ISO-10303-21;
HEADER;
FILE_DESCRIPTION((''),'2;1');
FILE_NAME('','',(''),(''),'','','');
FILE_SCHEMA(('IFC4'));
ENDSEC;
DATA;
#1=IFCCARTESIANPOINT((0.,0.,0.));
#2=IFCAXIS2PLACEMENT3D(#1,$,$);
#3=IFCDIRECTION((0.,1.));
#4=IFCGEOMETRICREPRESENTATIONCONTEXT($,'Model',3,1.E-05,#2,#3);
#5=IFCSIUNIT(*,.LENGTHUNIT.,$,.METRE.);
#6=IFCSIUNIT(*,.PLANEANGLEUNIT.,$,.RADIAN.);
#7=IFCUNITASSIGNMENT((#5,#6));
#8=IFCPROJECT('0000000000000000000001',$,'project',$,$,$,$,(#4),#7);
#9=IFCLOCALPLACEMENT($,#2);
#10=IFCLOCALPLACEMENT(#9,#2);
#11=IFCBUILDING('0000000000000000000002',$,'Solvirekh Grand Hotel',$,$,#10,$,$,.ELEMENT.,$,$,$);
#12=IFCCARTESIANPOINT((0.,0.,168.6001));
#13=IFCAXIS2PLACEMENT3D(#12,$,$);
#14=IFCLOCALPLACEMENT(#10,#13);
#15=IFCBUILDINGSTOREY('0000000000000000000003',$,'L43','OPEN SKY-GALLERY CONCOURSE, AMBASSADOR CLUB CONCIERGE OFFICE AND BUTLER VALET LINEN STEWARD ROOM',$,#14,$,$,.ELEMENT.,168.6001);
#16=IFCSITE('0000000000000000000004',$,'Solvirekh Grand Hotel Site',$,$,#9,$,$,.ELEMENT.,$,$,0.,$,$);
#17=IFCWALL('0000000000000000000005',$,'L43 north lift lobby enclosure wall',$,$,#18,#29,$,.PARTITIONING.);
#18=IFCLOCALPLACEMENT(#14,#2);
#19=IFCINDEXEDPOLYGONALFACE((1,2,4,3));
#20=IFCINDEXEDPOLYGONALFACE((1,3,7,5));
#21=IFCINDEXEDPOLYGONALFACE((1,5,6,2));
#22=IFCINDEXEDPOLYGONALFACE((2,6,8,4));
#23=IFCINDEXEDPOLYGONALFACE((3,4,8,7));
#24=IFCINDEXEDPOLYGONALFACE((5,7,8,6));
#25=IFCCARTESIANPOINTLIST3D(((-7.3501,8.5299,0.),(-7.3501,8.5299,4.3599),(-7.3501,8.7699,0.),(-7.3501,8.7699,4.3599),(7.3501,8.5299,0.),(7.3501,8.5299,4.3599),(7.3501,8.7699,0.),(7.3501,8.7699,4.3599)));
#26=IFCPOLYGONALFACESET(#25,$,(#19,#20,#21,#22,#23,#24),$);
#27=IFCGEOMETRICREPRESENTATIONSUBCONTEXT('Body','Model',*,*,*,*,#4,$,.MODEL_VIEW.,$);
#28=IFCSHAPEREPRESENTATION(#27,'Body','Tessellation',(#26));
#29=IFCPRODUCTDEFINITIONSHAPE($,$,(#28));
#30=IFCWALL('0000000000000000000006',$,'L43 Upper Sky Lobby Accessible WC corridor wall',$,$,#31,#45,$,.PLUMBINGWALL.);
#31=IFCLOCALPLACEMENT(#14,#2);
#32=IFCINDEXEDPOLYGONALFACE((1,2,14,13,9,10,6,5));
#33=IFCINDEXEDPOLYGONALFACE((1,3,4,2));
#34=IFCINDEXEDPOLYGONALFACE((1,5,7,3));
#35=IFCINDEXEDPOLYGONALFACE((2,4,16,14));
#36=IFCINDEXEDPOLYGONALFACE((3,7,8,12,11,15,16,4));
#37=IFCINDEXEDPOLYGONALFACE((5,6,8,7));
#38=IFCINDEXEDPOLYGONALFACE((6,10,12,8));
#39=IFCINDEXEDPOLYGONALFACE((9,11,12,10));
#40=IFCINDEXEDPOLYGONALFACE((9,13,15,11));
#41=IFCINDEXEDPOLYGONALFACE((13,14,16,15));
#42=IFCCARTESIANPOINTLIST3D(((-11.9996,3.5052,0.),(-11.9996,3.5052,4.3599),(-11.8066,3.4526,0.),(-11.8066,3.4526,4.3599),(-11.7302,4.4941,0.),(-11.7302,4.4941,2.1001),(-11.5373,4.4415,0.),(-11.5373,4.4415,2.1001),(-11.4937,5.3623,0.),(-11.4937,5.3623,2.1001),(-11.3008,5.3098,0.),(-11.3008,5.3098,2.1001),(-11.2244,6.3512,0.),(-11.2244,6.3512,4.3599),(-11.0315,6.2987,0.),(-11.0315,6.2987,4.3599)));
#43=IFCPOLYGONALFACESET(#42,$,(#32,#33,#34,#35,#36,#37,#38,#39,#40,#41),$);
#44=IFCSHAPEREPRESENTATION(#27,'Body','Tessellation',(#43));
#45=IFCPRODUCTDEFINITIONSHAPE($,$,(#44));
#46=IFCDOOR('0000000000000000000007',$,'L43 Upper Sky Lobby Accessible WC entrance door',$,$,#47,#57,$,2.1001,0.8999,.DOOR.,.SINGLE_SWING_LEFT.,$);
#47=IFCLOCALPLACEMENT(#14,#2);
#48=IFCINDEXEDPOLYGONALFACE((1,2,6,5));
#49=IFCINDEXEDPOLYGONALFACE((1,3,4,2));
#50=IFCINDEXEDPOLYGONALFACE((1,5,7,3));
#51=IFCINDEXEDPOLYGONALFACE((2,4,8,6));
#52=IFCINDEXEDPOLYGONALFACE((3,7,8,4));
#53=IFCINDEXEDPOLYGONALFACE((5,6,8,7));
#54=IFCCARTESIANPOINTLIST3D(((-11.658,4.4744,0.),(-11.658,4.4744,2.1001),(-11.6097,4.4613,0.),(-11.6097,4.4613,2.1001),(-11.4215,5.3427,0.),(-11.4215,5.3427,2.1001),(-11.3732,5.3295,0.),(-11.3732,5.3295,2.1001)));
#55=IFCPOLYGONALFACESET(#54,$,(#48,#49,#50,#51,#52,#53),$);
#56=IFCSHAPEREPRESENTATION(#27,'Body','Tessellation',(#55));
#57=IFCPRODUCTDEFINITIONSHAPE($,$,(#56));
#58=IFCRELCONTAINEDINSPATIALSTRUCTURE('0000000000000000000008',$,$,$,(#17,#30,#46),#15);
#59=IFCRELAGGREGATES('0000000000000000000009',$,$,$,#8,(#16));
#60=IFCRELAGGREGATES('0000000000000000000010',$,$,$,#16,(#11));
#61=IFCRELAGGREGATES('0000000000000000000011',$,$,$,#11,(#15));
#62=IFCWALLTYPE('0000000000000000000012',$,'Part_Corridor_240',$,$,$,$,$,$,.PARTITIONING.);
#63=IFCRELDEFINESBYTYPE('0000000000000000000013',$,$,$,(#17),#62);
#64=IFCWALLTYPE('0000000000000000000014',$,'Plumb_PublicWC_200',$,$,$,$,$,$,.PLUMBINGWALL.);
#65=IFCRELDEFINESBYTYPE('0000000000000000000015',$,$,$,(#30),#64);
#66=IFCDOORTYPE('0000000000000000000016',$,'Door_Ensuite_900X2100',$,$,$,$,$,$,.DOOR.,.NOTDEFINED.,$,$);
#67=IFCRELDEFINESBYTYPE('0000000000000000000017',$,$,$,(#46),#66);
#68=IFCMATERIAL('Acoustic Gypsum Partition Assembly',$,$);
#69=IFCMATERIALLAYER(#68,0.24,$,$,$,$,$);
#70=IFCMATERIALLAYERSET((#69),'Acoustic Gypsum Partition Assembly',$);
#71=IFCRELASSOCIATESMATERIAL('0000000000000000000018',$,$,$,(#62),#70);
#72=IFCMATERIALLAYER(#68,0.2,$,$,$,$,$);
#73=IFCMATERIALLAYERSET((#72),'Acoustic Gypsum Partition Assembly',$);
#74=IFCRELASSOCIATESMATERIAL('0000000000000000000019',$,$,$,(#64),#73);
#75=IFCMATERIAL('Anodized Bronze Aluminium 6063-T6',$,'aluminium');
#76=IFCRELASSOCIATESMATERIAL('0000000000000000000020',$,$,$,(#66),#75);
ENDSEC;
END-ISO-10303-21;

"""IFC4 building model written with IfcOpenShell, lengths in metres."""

from ifc_helpers import new_model, si_unit, direction, frame, frame_2d, origin, place, context, subcontext, project, spatial, rectangle, extrude, material, layer, layer_set, type_object, element, fill, save


model = new_model("IFC4")

# Units and contexts
model_context = context("Model", 3, precision=1e-05, world=origin(), true_north=direction((0.0, 1.0)))
body_context = subcontext(model_context, "Body", "Model", "MODEL_VIEW")
ifc_project = project(units=[si_unit("LENGTHUNIT", "METRE"), si_unit("PLANEANGLEUNIT", "RADIAN")], contexts=[model_context])

# Site, building, storey
site_placement = place(None, origin())
site = spatial("IfcSite", under=ifc_project, at=site_placement, Name="Solvirekh Grand Hotel Site", CompositionType="ELEMENT", RefElevation=0.0)
building_placement = place(site_placement, origin())
building = spatial("IfcBuilding", under=site, at=building_placement, Name="Solvirekh Grand Hotel", CompositionType="ELEMENT")
storey_placement = place(building_placement, frame((0.0, 0.0, 168.6001)))
storey = spatial("IfcBuildingStorey", under=building, at=storey_placement, Name="L43", Description="OPEN SKY-GALLERY CONCOURSE, AMBASSADOR CLUB CONCIERGE OFFICE AND BUTLER VALET LINEN STEWARD ROOM", CompositionType="ELEMENT", Elevation=168.6001)

# Shared definitions
ifc_material_1 = material(Name="Anodized Bronze Aluminium 6063-T6", Category="aluminium")

# Wall
ifc_material_2 = material(Name="Acoustic Gypsum Partition Assembly")
ifc_layer_1 = layer(ifc_material_2, 0.24)
ifc_layer_set_1 = layer_set([ifc_layer_1], Name="Acoustic Gypsum Partition Assembly")
wall_type_1 = type_object("IfcWallType", Name="Part_Corridor_240", PredefinedType="PARTITIONING", material=ifc_layer_set_1)
wall_1_placement = place(storey_placement, frame((-7.3501, 8.6499, 0.0), z_axis=(0.0, 0.0, 1.0), x_axis=(1.0, 0.0, 0.0)))
element("IfcWall", 1, at=wall_1_placement, inside=storey, type_object=wall_type_1, Name="L43 north lift lobby enclosure wall", PredefinedType="PARTITIONING", context=body_context, shape_type="SweptSolid", body=[
    extrude(rectangle(XDim=14.7002, YDim=0.24, at=frame_2d((7.3501, 0.0))), origin(), (0.0, 0.0, 1.0), 4.3599),
])

# Wall, opening, door
ifc_layer_2 = layer(ifc_material_2, 0.2)
ifc_layer_set_2 = layer_set([ifc_layer_2], Name="Acoustic Gypsum Partition Assembly")
wall_type_2 = type_object("IfcWallType", Name="Plumb_PublicWC_200", PredefinedType="PLUMBINGWALL", material=ifc_layer_set_2)
wall_2_placement = place(storey_placement, frame((-11.1279, 6.325, 0.0), z_axis=(0.0, 0.0, 1.0), x_axis=(-0.262795, -0.964852, 0.0)))
wall_2 = element("IfcWall", 2, at=wall_2_placement, inside=storey, type_object=wall_type_2, Name="L43 Upper Sky Lobby Accessible WC corridor wall", PredefinedType="PLUMBINGWALL", context=body_context, shape_type="SweptSolid", body=[
    extrude(rectangle(XDim=2.9497, YDim=0.2, at=frame_2d((1.4749, 0.0))), origin(), (0.0, 0.0, 1.0), 4.3599),
])
opening_placement = place(wall_2_placement, frame((1.0249, 0.0, 0.0)))
opening = element("IfcOpeningElement", 3, at=opening_placement, cuts=wall_2, PredefinedType="OPENING", context=body_context, shape_type="SweptSolid", body=[
    extrude(rectangle(XDim=0.8999, YDim=2.1001, at=frame_2d((0.45, 1.05))), frame((0.0, 0.1099, 0.0), z_axis=(0.0, -1.0, 0.0), x_axis=(1.0, 0.0, 0.0)), (0.0, 0.0, 1.0), 0.22),
])
door_type = type_object("IfcDoorType", Name="Door_Ensuite_900X2100", OperationType="NOTDEFINED", PredefinedType="DOOR", material=ifc_material_1)
door_placement = place(opening_placement, origin())
door = element("IfcDoor", 4, at=door_placement, inside=storey, type_object=door_type, Name="L43 Upper Sky Lobby Accessible WC entrance door", OperationType="SINGLE_SWING_LEFT", OverallHeight=2.1001, OverallWidth=0.8999, PredefinedType="DOOR", context=body_context, shape_type="SweptSolid", body=[
    extrude(rectangle(XDim=0.8999, YDim=2.1001, at=frame_2d((0.45, 1.05))), frame((0.0, 0.0249, 0.0), z_axis=(0.0, -1.0, 0.0), x_axis=(1.0, 0.0, 0.0)), (0.0, 0.0, 1.0), 0.05),
])
fill(opening, door)

save(model, "model.ifc")
